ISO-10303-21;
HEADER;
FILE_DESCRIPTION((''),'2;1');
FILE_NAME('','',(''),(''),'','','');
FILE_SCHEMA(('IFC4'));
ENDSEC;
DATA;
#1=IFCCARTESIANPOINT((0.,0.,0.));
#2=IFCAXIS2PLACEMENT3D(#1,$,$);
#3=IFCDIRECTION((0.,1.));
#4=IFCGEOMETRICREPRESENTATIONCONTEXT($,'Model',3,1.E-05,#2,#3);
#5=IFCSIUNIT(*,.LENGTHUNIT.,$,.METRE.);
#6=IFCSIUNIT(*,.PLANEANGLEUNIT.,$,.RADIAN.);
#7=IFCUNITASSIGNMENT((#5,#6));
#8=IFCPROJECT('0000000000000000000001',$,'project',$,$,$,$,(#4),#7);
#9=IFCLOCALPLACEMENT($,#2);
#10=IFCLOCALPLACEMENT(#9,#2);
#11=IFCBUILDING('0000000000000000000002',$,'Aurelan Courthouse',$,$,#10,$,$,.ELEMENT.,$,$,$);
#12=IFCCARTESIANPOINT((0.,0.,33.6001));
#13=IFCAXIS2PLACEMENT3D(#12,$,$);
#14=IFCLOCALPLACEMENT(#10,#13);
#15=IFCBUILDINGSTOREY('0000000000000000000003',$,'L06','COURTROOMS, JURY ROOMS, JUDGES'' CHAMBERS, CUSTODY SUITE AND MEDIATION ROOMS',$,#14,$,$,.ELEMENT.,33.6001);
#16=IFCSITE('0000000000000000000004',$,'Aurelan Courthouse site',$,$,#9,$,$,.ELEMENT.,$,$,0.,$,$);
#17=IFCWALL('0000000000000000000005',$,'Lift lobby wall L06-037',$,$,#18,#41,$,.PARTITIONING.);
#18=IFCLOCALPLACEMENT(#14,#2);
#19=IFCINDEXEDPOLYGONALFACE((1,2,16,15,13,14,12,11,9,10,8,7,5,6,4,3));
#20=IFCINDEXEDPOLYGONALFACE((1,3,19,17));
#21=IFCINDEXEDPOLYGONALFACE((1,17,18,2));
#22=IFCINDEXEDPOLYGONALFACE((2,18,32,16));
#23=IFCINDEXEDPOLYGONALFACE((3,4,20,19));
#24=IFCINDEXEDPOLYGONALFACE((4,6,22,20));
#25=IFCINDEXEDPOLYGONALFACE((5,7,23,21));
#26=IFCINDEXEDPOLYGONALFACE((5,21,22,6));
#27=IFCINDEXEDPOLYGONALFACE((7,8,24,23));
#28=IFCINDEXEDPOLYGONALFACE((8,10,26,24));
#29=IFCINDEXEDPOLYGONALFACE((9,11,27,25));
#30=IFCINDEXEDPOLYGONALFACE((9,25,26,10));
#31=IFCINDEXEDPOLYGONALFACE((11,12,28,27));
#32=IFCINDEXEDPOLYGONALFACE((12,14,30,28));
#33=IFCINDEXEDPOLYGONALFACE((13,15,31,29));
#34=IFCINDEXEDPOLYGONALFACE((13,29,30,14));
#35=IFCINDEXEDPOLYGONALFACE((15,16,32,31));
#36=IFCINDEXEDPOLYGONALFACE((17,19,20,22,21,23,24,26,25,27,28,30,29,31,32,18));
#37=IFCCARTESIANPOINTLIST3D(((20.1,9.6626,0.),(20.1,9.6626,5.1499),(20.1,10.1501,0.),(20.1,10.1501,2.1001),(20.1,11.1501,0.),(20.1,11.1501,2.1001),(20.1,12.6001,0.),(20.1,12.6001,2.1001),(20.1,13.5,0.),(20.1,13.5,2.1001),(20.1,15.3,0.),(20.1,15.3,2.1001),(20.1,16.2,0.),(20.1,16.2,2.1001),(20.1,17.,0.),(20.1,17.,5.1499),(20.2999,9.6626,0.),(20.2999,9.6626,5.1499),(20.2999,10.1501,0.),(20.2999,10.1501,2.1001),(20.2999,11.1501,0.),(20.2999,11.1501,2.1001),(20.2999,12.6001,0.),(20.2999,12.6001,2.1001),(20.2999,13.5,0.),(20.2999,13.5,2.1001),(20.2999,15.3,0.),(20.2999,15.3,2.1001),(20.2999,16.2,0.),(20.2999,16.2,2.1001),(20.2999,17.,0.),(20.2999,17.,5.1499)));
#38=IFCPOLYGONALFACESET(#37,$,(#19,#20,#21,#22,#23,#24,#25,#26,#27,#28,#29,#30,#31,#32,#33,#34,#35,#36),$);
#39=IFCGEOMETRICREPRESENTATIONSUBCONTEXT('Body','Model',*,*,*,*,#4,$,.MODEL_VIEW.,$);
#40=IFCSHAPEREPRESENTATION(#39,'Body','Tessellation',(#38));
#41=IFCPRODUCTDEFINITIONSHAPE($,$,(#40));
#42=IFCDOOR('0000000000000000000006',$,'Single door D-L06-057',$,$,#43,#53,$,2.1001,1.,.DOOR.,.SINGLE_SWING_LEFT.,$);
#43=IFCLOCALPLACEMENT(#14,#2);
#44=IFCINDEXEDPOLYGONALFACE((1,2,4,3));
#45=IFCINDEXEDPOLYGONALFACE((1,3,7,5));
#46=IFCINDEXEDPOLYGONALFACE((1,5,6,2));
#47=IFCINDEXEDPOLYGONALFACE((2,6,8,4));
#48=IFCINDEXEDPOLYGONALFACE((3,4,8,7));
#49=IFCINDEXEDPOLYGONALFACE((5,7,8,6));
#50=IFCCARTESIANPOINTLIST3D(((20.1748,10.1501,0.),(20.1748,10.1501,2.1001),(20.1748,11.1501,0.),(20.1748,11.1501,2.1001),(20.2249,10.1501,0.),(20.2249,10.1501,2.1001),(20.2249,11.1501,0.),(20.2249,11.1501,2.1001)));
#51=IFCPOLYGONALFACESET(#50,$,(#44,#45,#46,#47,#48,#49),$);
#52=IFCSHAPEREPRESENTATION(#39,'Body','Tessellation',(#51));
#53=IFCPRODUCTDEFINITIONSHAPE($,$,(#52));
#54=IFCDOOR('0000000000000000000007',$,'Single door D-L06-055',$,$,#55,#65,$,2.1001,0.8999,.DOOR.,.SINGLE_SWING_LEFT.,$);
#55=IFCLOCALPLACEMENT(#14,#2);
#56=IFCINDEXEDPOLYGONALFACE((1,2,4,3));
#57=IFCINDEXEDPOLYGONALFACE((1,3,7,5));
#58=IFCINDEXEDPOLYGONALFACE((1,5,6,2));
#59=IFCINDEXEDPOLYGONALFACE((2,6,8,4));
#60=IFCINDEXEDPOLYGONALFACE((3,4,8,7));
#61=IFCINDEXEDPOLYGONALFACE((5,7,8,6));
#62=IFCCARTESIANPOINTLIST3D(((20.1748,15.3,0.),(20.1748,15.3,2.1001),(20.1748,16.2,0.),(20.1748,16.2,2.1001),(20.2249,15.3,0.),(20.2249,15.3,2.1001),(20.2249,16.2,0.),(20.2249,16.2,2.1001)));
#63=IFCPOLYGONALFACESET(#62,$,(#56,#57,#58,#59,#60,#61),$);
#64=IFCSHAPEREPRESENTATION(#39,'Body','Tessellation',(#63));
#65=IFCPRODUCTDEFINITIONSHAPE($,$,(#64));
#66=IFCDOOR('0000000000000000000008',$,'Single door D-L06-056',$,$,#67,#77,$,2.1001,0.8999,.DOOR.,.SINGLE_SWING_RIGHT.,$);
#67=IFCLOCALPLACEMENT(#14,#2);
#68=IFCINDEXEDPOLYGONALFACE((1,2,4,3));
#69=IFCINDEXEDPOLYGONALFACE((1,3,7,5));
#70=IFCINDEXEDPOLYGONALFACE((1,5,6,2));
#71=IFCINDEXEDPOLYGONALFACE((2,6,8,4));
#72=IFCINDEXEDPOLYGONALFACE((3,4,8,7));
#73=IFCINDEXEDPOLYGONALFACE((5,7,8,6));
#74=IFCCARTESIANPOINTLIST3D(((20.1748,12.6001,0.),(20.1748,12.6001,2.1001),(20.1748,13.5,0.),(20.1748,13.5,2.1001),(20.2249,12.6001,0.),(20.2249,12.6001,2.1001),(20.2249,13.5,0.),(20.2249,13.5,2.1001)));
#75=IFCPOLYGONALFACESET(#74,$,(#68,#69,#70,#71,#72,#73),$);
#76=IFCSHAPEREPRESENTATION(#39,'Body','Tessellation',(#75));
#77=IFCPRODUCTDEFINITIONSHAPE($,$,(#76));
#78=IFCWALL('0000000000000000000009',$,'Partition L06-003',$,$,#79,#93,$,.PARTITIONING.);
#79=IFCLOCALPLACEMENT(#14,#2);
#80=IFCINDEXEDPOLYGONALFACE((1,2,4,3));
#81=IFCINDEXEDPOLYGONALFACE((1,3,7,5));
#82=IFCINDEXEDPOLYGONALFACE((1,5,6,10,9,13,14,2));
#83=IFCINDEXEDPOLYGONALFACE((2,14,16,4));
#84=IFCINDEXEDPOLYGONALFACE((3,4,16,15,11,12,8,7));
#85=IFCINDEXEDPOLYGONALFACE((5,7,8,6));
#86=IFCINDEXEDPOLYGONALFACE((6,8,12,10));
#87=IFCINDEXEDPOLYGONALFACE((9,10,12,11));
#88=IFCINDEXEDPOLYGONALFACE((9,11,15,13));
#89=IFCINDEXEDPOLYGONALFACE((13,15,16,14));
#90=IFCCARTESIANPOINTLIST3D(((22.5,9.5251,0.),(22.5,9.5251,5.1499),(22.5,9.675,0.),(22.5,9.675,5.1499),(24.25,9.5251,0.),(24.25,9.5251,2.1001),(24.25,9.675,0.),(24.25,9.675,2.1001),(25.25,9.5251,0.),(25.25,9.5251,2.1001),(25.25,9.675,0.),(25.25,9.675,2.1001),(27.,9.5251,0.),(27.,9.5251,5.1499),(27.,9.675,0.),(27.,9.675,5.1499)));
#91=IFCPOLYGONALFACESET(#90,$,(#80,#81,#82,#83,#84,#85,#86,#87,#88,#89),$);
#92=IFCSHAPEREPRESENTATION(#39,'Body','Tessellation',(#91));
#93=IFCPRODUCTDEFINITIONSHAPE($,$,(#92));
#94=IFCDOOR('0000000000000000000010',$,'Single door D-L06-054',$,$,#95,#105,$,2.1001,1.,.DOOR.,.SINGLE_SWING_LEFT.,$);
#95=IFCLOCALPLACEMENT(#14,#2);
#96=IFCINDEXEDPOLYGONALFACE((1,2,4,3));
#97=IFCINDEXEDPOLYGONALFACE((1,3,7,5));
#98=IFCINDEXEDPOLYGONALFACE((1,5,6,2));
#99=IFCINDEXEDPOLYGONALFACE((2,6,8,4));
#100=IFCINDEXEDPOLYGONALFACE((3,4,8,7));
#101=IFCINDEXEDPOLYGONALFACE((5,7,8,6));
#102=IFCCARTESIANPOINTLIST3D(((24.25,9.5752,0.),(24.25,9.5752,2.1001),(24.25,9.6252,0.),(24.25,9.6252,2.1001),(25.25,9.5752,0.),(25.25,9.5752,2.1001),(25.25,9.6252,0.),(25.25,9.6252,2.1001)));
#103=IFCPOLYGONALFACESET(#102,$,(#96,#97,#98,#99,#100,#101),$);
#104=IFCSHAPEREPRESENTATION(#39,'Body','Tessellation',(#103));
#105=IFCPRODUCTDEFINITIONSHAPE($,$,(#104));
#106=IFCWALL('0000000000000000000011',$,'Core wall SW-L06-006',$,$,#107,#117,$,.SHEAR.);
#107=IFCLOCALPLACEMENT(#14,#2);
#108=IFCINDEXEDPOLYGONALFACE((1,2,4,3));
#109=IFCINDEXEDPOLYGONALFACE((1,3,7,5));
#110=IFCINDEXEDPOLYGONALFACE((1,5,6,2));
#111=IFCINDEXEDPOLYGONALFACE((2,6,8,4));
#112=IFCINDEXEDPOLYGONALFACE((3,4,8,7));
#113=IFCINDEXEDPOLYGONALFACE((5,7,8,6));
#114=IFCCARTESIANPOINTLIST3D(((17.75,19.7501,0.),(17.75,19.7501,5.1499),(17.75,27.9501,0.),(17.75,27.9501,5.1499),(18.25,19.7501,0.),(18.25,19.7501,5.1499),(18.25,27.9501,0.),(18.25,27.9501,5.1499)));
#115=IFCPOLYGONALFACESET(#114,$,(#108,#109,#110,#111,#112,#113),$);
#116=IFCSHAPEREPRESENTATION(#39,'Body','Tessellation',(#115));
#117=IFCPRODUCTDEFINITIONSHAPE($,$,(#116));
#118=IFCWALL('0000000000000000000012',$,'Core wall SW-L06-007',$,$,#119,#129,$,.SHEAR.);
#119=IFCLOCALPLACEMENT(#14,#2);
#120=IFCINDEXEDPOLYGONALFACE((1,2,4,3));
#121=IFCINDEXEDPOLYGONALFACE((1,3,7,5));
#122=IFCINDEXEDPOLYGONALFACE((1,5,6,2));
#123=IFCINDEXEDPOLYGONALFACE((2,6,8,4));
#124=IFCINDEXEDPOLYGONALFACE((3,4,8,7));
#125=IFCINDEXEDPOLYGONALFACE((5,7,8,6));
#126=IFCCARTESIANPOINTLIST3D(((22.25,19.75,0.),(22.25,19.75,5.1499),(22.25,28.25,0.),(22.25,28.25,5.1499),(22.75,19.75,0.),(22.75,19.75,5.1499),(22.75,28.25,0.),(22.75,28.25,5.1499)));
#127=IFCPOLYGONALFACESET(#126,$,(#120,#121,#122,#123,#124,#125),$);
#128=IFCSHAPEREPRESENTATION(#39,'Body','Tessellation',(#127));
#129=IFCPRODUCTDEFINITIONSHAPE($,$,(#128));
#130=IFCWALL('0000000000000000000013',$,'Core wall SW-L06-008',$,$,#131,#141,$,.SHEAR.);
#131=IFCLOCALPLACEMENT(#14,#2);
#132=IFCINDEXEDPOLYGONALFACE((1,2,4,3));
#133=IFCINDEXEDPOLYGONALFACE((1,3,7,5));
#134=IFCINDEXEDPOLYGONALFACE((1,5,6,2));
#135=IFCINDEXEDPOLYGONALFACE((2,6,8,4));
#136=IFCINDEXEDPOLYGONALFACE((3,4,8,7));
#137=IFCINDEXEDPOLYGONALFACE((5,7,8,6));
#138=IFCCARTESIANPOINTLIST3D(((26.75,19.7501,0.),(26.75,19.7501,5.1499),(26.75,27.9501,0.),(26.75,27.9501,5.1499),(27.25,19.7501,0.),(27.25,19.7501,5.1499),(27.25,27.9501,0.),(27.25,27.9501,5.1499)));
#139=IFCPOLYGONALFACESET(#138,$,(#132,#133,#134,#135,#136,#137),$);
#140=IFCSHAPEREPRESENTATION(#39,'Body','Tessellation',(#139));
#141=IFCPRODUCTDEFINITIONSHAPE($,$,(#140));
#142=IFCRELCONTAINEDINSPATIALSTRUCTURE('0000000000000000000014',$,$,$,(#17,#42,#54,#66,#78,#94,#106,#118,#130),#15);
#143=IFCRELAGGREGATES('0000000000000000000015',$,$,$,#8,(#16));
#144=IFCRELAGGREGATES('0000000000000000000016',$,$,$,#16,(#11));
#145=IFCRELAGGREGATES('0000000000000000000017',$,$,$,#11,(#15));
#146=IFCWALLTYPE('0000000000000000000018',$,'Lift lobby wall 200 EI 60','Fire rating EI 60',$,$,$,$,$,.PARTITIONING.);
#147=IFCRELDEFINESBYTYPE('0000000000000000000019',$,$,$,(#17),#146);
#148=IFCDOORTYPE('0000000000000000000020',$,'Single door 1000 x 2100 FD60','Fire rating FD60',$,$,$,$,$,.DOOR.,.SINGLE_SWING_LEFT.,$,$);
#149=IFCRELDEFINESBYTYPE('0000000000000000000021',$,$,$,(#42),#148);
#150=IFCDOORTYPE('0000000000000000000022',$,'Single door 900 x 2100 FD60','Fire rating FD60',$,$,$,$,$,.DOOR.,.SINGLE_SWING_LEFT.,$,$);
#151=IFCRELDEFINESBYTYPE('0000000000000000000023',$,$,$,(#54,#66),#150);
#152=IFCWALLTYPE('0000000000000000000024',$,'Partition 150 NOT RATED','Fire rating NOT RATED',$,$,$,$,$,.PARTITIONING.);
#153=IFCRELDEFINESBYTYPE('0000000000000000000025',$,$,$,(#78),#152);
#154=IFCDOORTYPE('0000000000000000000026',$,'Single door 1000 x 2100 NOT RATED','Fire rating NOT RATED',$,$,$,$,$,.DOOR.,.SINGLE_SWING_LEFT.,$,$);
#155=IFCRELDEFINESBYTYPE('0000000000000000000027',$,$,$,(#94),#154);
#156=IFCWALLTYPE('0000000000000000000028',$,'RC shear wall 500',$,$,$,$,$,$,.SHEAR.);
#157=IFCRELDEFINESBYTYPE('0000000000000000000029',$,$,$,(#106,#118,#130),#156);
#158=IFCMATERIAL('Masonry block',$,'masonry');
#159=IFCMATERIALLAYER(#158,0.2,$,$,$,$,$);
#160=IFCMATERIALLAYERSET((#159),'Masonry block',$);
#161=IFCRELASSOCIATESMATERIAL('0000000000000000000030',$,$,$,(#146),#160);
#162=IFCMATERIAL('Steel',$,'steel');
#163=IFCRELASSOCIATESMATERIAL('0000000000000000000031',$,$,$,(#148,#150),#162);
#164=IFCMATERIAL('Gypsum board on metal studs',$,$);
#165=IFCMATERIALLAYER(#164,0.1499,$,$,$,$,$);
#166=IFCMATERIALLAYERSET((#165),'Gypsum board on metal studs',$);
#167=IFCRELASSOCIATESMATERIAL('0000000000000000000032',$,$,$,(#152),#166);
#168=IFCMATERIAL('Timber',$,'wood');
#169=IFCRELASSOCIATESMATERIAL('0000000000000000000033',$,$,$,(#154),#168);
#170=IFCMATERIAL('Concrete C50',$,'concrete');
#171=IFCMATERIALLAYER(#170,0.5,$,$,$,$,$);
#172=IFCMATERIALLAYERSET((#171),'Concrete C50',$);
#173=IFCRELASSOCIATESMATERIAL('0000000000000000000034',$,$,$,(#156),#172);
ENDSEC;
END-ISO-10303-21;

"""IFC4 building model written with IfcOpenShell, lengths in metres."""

from ifc_helpers import new_model, si_unit, direction, frame, frame_2d, origin, place, context, subcontext, project, spatial, rectangle, extrude, material, layer, layer_set, type_object, element, fill, save


model = new_model("IFC4")

# Units and contexts
model_context = context("Model", 3, precision=1e-05, world=origin(), true_north=direction((0.0, 1.0)))
body_context = subcontext(model_context, "Body", "Model", "MODEL_VIEW")
ifc_project = project(units=[si_unit("LENGTHUNIT", "METRE"), si_unit("PLANEANGLEUNIT", "RADIAN")], contexts=[model_context])

# Site, building, storey
site_placement = place(None, origin())
site = spatial("IfcSite", under=ifc_project, at=site_placement, Name="Aurelan Courthouse site", CompositionType="ELEMENT", RefElevation=0.0)
building_placement = place(site_placement, origin())
building = spatial("IfcBuilding", under=site, at=building_placement, Name="Aurelan Courthouse", CompositionType="ELEMENT")
storey_placement = place(building_placement, frame((0.0, 0.0, 33.6001)))
storey = spatial("IfcBuildingStorey", under=building, at=storey_placement, Name="L06", Description="COURTROOMS, JURY ROOMS, JUDGES' CHAMBERS, CUSTODY SUITE AND MEDIATION ROOMS", CompositionType="ELEMENT", Elevation=33.6001)

# Shared definitions
ifc_material_1 = material(Name="Concrete C50", Category="concrete")

# Shared definitions
ifc_material_2 = material(Name="Masonry block", Category="masonry")
ifc_layer_1 = layer(ifc_material_2, 0.2)
ifc_layer_set_1 = layer_set([ifc_layer_1], Name="Masonry block")
wall_type_1 = type_object("IfcWallType", Name="Lift lobby wall 200 EI 60", Description="Fire rating EI 60", PredefinedType="PARTITIONING", material=ifc_layer_set_1)

# Wall, openings, doors
ifc_material_3 = material(Name="Steel", Category="steel")
door_type_1 = type_object("IfcDoorType", Name="Single door 1000 x 2100 FD60", Description="Fire rating FD60", OperationType="SINGLE_SWING_LEFT", PredefinedType="DOOR", material=ifc_material_3)
wall_1_placement = place(storey_placement, frame((20.2, 9.6626, 0.0), z_axis=(0.0, 0.0, 1.0), x_axis=(0.0, 1.0, 0.0)))
wall_1 = element("IfcWall", 1, at=wall_1_placement, inside=storey, type_object=wall_type_1, Name="Lift lobby wall L06-037", PredefinedType="PARTITIONING", context=body_context, shape_type="SweptSolid", body=[
    extrude(rectangle(XDim=7.3374, YDim=0.2, at=frame_2d((3.6687, 0.0))), origin(), (0.0, 0.0, 1.0), 5.1499),
])
opening_1_placement = place(wall_1_placement, frame((6.5374, 0.0, 0.0), z_axis=(0.0, 0.0, 1.0), x_axis=(-1.0, 0.0, 0.0)))
opening_1 = element("IfcOpeningElement", 2, at=opening_1_placement, cuts=wall_1, PredefinedType="OPENING", context=body_context, shape_type="SweptSolid", body=[
    extrude(rectangle(XDim=0.8999, YDim=2.1001, at=frame_2d((0.45, 1.05))), frame((0.0, 0.1099, 0.0), z_axis=(0.0, -1.0, 0.0), x_axis=(1.0, 0.0, 0.0)), (0.0, 0.0, 1.0), 0.22),
])
opening_2_placement = place(wall_1_placement, frame((3.8374, 0.0, 0.0), z_axis=(0.0, 0.0, 1.0), x_axis=(-1.0, 0.0, 0.0)))
opening_2 = element("IfcOpeningElement", 3, at=opening_2_placement, cuts=wall_1, PredefinedType="OPENING", context=body_context, shape_type="SweptSolid", body=[
    extrude(rectangle(XDim=0.8999, YDim=2.1001, at=frame_2d((0.45, 1.05))), frame((0.0, 0.1099, 0.0), z_axis=(0.0, -1.0, 0.0), x_axis=(1.0, 0.0, 0.0)), (0.0, 0.0, 1.0), 0.22),
])
opening_3_placement = place(wall_1_placement, frame((1.4875, 0.0, 0.0), z_axis=(0.0, 0.0, 1.0), x_axis=(-1.0, 0.0, 0.0)))
opening_3 = element("IfcOpeningElement", 4, at=opening_3_placement, cuts=wall_1, PredefinedType="OPENING", context=body_context, shape_type="SweptSolid", body=[
    extrude(rectangle(XDim=1.0, YDim=2.1001, at=frame_2d((0.5, 1.05))), frame((0.0, 0.1099, 0.0), z_axis=(0.0, -1.0, 0.0), x_axis=(1.0, 0.0, 0.0)), (0.0, 0.0, 1.0), 0.22),
])
door_1_placement = place(opening_3_placement, origin())
door_1 = element("IfcDoor", 5, at=door_1_placement, inside=storey, type_object=door_type_1, Name="Single door D-L06-057", OperationType="SINGLE_SWING_LEFT", OverallHeight=2.1001, OverallWidth=1.0, PredefinedType="DOOR", context=body_context, shape_type="SweptSolid", body=[
    extrude(rectangle(XDim=1.0, YDim=2.1001, at=frame_2d((0.5, 1.05))), frame((0.0, 0.0249, 0.0), z_axis=(0.0, -1.0, 0.0), x_axis=(1.0, 0.0, 0.0)), (0.0, 0.0, 1.0), 0.05),
])
fill(opening_3, door_1)
door_type_2 = type_object("IfcDoorType", Name="Single door 900 x 2100 FD60", Description="Fire rating FD60", OperationType="SINGLE_SWING_LEFT", PredefinedType="DOOR", material=ifc_material_3)
door_2_placement = place(opening_1_placement, origin())
door_2 = element("IfcDoor", 6, at=door_2_placement, inside=storey, type_object=door_type_2, Name="Single door D-L06-055", OperationType="SINGLE_SWING_LEFT", OverallHeight=2.1001, OverallWidth=0.8999, PredefinedType="DOOR", context=body_context, shape_type="SweptSolid", body=[
    extrude(rectangle(XDim=0.8999, YDim=2.1001, at=frame_2d((0.45, 1.05))), frame((0.0, 0.0249, 0.0), z_axis=(0.0, -1.0, 0.0), x_axis=(1.0, 0.0, 0.0)), (0.0, 0.0, 1.0), 0.05),
])
fill(opening_1, door_2)
door_3_placement = place(opening_2_placement, origin())
door_3 = element("IfcDoor", 7, at=door_3_placement, inside=storey, type_object=door_type_2, Name="Single door D-L06-056", OperationType="SINGLE_SWING_RIGHT", OverallHeight=2.1001, OverallWidth=0.8999, PredefinedType="DOOR", context=body_context, shape_type="SweptSolid", body=[
    extrude(rectangle(XDim=0.8999, YDim=2.1001, at=frame_2d((0.45, 1.05))), frame((0.0, 0.0249, 0.0), z_axis=(0.0, -1.0, 0.0), x_axis=(1.0, 0.0, 0.0)), (0.0, 0.0, 1.0), 0.05),
])
fill(opening_2, door_3)

# Wall, opening, door
ifc_material_4 = material(Name="Gypsum board on metal studs")
ifc_layer_2 = layer(ifc_material_4, 0.1499)
ifc_layer_set_2 = layer_set([ifc_layer_2], Name="Gypsum board on metal studs")
wall_type_2 = type_object("IfcWallType", Name="Partition 150 NOT RATED", Description="Fire rating NOT RATED", PredefinedType="PARTITIONING", material=ifc_layer_set_2)
wall_2_placement = place(storey_placement, frame((22.5, 9.6001, 0.0), z_axis=(0.0, 0.0, 1.0), x_axis=(1.0, 0.0, 0.0)))
wall_2 = element("IfcWall", 8, at=wall_2_placement, inside=storey, type_object=wall_type_2, Name="Partition L06-003", PredefinedType="PARTITIONING", context=body_context, shape_type="SweptSolid", body=[
    extrude(rectangle(XDim=4.5, YDim=0.1499, at=frame_2d((2.25, 0.0))), origin(), (0.0, 0.0, 1.0), 5.1499),
])
opening_4_placement = place(wall_2_placement, frame((2.75, 0.0, 0.0), z_axis=(0.0, 0.0, 1.0), x_axis=(-1.0, 0.0, 0.0)))
opening_4 = element("IfcOpeningElement", 9, at=opening_4_placement, cuts=wall_2, PredefinedType="OPENING", context=body_context, shape_type="SweptSolid", body=[
    extrude(rectangle(XDim=1.0, YDim=2.1001, at=frame_2d((0.5, 1.05))), frame((0.0, 0.085, 0.0), z_axis=(0.0, -1.0, 0.0), x_axis=(1.0, 0.0, 0.0)), (0.0, 0.0, 1.0), 0.1699),
])
ifc_material_5 = material(Name="Timber", Category="wood")
door_type_3 = type_object("IfcDoorType", Name="Single door 1000 x 2100 NOT RATED", Description="Fire rating NOT RATED", OperationType="SINGLE_SWING_LEFT", PredefinedType="DOOR", material=ifc_material_5)
door_4_placement = place(opening_4_placement, origin())
door_4 = element("IfcDoor", 10, at=door_4_placement, inside=storey, type_object=door_type_3, Name="Single door D-L06-054", OperationType="SINGLE_SWING_LEFT", OverallHeight=2.1001, OverallWidth=1.0, PredefinedType="DOOR", context=body_context, shape_type="SweptSolid", body=[
    extrude(rectangle(XDim=1.0, YDim=2.1001, at=frame_2d((0.5, 1.05))), frame((0.0, 0.0249, 0.0), z_axis=(0.0, -1.0, 0.0), x_axis=(1.0, 0.0, 0.0)), (0.0, 0.0, 1.0), 0.05),
])
fill(opening_4, door_4)

# Walls
ifc_layer_3 = layer(ifc_material_1, 0.5)
ifc_layer_set_3 = layer_set([ifc_layer_3], Name="Concrete C50")
wall_type_3 = type_object("IfcWallType", Name="RC shear wall 500", PredefinedType="SHEAR", material=ifc_layer_set_3)
wall_3_placement = place(storey_placement, frame((18.0, 19.75, 0.0), z_axis=(0.0, 0.0, 1.0), x_axis=(0.0, 1.0, 0.0)))
element("IfcWall", 11, at=wall_3_placement, inside=storey, type_object=wall_type_3, Name="Core wall SW-L06-006", PredefinedType="SHEAR", context=body_context, shape_type="SweptSolid", body=[
    extrude(rectangle(XDim=8.2, YDim=0.5, at=frame_2d((4.1001, 0.0))), origin(), (0.0, 0.0, 1.0), 5.1499),
])
wall_4_placement = place(storey_placement, frame((22.5, 19.75, 0.0), z_axis=(0.0, 0.0, 1.0), x_axis=(0.0, 1.0, 0.0)))
element("IfcWall", 12, at=wall_4_placement, inside=storey, type_object=wall_type_3, Name="Core wall SW-L06-007", PredefinedType="SHEAR", context=body_context, shape_type="SweptSolid", body=[
    extrude(rectangle(XDim=8.5, YDim=0.5, at=frame_2d((4.25, 0.0))), origin(), (0.0, 0.0, 1.0), 5.1499),
])
wall_5_placement = place(storey_placement, frame((27.0, 19.75, 0.0), z_axis=(0.0, 0.0, 1.0), x_axis=(0.0, 1.0, 0.0)))
element("IfcWall", 13, at=wall_5_placement, inside=storey, type_object=wall_type_3, Name="Core wall SW-L06-008", PredefinedType="SHEAR", context=body_context, shape_type="SweptSolid", body=[
    extrude(rectangle(XDim=8.2, YDim=0.5, at=frame_2d((4.1001, 0.0))), origin(), (0.0, 0.0, 1.0), 5.1499),
])

save(model, "model.ifc")
